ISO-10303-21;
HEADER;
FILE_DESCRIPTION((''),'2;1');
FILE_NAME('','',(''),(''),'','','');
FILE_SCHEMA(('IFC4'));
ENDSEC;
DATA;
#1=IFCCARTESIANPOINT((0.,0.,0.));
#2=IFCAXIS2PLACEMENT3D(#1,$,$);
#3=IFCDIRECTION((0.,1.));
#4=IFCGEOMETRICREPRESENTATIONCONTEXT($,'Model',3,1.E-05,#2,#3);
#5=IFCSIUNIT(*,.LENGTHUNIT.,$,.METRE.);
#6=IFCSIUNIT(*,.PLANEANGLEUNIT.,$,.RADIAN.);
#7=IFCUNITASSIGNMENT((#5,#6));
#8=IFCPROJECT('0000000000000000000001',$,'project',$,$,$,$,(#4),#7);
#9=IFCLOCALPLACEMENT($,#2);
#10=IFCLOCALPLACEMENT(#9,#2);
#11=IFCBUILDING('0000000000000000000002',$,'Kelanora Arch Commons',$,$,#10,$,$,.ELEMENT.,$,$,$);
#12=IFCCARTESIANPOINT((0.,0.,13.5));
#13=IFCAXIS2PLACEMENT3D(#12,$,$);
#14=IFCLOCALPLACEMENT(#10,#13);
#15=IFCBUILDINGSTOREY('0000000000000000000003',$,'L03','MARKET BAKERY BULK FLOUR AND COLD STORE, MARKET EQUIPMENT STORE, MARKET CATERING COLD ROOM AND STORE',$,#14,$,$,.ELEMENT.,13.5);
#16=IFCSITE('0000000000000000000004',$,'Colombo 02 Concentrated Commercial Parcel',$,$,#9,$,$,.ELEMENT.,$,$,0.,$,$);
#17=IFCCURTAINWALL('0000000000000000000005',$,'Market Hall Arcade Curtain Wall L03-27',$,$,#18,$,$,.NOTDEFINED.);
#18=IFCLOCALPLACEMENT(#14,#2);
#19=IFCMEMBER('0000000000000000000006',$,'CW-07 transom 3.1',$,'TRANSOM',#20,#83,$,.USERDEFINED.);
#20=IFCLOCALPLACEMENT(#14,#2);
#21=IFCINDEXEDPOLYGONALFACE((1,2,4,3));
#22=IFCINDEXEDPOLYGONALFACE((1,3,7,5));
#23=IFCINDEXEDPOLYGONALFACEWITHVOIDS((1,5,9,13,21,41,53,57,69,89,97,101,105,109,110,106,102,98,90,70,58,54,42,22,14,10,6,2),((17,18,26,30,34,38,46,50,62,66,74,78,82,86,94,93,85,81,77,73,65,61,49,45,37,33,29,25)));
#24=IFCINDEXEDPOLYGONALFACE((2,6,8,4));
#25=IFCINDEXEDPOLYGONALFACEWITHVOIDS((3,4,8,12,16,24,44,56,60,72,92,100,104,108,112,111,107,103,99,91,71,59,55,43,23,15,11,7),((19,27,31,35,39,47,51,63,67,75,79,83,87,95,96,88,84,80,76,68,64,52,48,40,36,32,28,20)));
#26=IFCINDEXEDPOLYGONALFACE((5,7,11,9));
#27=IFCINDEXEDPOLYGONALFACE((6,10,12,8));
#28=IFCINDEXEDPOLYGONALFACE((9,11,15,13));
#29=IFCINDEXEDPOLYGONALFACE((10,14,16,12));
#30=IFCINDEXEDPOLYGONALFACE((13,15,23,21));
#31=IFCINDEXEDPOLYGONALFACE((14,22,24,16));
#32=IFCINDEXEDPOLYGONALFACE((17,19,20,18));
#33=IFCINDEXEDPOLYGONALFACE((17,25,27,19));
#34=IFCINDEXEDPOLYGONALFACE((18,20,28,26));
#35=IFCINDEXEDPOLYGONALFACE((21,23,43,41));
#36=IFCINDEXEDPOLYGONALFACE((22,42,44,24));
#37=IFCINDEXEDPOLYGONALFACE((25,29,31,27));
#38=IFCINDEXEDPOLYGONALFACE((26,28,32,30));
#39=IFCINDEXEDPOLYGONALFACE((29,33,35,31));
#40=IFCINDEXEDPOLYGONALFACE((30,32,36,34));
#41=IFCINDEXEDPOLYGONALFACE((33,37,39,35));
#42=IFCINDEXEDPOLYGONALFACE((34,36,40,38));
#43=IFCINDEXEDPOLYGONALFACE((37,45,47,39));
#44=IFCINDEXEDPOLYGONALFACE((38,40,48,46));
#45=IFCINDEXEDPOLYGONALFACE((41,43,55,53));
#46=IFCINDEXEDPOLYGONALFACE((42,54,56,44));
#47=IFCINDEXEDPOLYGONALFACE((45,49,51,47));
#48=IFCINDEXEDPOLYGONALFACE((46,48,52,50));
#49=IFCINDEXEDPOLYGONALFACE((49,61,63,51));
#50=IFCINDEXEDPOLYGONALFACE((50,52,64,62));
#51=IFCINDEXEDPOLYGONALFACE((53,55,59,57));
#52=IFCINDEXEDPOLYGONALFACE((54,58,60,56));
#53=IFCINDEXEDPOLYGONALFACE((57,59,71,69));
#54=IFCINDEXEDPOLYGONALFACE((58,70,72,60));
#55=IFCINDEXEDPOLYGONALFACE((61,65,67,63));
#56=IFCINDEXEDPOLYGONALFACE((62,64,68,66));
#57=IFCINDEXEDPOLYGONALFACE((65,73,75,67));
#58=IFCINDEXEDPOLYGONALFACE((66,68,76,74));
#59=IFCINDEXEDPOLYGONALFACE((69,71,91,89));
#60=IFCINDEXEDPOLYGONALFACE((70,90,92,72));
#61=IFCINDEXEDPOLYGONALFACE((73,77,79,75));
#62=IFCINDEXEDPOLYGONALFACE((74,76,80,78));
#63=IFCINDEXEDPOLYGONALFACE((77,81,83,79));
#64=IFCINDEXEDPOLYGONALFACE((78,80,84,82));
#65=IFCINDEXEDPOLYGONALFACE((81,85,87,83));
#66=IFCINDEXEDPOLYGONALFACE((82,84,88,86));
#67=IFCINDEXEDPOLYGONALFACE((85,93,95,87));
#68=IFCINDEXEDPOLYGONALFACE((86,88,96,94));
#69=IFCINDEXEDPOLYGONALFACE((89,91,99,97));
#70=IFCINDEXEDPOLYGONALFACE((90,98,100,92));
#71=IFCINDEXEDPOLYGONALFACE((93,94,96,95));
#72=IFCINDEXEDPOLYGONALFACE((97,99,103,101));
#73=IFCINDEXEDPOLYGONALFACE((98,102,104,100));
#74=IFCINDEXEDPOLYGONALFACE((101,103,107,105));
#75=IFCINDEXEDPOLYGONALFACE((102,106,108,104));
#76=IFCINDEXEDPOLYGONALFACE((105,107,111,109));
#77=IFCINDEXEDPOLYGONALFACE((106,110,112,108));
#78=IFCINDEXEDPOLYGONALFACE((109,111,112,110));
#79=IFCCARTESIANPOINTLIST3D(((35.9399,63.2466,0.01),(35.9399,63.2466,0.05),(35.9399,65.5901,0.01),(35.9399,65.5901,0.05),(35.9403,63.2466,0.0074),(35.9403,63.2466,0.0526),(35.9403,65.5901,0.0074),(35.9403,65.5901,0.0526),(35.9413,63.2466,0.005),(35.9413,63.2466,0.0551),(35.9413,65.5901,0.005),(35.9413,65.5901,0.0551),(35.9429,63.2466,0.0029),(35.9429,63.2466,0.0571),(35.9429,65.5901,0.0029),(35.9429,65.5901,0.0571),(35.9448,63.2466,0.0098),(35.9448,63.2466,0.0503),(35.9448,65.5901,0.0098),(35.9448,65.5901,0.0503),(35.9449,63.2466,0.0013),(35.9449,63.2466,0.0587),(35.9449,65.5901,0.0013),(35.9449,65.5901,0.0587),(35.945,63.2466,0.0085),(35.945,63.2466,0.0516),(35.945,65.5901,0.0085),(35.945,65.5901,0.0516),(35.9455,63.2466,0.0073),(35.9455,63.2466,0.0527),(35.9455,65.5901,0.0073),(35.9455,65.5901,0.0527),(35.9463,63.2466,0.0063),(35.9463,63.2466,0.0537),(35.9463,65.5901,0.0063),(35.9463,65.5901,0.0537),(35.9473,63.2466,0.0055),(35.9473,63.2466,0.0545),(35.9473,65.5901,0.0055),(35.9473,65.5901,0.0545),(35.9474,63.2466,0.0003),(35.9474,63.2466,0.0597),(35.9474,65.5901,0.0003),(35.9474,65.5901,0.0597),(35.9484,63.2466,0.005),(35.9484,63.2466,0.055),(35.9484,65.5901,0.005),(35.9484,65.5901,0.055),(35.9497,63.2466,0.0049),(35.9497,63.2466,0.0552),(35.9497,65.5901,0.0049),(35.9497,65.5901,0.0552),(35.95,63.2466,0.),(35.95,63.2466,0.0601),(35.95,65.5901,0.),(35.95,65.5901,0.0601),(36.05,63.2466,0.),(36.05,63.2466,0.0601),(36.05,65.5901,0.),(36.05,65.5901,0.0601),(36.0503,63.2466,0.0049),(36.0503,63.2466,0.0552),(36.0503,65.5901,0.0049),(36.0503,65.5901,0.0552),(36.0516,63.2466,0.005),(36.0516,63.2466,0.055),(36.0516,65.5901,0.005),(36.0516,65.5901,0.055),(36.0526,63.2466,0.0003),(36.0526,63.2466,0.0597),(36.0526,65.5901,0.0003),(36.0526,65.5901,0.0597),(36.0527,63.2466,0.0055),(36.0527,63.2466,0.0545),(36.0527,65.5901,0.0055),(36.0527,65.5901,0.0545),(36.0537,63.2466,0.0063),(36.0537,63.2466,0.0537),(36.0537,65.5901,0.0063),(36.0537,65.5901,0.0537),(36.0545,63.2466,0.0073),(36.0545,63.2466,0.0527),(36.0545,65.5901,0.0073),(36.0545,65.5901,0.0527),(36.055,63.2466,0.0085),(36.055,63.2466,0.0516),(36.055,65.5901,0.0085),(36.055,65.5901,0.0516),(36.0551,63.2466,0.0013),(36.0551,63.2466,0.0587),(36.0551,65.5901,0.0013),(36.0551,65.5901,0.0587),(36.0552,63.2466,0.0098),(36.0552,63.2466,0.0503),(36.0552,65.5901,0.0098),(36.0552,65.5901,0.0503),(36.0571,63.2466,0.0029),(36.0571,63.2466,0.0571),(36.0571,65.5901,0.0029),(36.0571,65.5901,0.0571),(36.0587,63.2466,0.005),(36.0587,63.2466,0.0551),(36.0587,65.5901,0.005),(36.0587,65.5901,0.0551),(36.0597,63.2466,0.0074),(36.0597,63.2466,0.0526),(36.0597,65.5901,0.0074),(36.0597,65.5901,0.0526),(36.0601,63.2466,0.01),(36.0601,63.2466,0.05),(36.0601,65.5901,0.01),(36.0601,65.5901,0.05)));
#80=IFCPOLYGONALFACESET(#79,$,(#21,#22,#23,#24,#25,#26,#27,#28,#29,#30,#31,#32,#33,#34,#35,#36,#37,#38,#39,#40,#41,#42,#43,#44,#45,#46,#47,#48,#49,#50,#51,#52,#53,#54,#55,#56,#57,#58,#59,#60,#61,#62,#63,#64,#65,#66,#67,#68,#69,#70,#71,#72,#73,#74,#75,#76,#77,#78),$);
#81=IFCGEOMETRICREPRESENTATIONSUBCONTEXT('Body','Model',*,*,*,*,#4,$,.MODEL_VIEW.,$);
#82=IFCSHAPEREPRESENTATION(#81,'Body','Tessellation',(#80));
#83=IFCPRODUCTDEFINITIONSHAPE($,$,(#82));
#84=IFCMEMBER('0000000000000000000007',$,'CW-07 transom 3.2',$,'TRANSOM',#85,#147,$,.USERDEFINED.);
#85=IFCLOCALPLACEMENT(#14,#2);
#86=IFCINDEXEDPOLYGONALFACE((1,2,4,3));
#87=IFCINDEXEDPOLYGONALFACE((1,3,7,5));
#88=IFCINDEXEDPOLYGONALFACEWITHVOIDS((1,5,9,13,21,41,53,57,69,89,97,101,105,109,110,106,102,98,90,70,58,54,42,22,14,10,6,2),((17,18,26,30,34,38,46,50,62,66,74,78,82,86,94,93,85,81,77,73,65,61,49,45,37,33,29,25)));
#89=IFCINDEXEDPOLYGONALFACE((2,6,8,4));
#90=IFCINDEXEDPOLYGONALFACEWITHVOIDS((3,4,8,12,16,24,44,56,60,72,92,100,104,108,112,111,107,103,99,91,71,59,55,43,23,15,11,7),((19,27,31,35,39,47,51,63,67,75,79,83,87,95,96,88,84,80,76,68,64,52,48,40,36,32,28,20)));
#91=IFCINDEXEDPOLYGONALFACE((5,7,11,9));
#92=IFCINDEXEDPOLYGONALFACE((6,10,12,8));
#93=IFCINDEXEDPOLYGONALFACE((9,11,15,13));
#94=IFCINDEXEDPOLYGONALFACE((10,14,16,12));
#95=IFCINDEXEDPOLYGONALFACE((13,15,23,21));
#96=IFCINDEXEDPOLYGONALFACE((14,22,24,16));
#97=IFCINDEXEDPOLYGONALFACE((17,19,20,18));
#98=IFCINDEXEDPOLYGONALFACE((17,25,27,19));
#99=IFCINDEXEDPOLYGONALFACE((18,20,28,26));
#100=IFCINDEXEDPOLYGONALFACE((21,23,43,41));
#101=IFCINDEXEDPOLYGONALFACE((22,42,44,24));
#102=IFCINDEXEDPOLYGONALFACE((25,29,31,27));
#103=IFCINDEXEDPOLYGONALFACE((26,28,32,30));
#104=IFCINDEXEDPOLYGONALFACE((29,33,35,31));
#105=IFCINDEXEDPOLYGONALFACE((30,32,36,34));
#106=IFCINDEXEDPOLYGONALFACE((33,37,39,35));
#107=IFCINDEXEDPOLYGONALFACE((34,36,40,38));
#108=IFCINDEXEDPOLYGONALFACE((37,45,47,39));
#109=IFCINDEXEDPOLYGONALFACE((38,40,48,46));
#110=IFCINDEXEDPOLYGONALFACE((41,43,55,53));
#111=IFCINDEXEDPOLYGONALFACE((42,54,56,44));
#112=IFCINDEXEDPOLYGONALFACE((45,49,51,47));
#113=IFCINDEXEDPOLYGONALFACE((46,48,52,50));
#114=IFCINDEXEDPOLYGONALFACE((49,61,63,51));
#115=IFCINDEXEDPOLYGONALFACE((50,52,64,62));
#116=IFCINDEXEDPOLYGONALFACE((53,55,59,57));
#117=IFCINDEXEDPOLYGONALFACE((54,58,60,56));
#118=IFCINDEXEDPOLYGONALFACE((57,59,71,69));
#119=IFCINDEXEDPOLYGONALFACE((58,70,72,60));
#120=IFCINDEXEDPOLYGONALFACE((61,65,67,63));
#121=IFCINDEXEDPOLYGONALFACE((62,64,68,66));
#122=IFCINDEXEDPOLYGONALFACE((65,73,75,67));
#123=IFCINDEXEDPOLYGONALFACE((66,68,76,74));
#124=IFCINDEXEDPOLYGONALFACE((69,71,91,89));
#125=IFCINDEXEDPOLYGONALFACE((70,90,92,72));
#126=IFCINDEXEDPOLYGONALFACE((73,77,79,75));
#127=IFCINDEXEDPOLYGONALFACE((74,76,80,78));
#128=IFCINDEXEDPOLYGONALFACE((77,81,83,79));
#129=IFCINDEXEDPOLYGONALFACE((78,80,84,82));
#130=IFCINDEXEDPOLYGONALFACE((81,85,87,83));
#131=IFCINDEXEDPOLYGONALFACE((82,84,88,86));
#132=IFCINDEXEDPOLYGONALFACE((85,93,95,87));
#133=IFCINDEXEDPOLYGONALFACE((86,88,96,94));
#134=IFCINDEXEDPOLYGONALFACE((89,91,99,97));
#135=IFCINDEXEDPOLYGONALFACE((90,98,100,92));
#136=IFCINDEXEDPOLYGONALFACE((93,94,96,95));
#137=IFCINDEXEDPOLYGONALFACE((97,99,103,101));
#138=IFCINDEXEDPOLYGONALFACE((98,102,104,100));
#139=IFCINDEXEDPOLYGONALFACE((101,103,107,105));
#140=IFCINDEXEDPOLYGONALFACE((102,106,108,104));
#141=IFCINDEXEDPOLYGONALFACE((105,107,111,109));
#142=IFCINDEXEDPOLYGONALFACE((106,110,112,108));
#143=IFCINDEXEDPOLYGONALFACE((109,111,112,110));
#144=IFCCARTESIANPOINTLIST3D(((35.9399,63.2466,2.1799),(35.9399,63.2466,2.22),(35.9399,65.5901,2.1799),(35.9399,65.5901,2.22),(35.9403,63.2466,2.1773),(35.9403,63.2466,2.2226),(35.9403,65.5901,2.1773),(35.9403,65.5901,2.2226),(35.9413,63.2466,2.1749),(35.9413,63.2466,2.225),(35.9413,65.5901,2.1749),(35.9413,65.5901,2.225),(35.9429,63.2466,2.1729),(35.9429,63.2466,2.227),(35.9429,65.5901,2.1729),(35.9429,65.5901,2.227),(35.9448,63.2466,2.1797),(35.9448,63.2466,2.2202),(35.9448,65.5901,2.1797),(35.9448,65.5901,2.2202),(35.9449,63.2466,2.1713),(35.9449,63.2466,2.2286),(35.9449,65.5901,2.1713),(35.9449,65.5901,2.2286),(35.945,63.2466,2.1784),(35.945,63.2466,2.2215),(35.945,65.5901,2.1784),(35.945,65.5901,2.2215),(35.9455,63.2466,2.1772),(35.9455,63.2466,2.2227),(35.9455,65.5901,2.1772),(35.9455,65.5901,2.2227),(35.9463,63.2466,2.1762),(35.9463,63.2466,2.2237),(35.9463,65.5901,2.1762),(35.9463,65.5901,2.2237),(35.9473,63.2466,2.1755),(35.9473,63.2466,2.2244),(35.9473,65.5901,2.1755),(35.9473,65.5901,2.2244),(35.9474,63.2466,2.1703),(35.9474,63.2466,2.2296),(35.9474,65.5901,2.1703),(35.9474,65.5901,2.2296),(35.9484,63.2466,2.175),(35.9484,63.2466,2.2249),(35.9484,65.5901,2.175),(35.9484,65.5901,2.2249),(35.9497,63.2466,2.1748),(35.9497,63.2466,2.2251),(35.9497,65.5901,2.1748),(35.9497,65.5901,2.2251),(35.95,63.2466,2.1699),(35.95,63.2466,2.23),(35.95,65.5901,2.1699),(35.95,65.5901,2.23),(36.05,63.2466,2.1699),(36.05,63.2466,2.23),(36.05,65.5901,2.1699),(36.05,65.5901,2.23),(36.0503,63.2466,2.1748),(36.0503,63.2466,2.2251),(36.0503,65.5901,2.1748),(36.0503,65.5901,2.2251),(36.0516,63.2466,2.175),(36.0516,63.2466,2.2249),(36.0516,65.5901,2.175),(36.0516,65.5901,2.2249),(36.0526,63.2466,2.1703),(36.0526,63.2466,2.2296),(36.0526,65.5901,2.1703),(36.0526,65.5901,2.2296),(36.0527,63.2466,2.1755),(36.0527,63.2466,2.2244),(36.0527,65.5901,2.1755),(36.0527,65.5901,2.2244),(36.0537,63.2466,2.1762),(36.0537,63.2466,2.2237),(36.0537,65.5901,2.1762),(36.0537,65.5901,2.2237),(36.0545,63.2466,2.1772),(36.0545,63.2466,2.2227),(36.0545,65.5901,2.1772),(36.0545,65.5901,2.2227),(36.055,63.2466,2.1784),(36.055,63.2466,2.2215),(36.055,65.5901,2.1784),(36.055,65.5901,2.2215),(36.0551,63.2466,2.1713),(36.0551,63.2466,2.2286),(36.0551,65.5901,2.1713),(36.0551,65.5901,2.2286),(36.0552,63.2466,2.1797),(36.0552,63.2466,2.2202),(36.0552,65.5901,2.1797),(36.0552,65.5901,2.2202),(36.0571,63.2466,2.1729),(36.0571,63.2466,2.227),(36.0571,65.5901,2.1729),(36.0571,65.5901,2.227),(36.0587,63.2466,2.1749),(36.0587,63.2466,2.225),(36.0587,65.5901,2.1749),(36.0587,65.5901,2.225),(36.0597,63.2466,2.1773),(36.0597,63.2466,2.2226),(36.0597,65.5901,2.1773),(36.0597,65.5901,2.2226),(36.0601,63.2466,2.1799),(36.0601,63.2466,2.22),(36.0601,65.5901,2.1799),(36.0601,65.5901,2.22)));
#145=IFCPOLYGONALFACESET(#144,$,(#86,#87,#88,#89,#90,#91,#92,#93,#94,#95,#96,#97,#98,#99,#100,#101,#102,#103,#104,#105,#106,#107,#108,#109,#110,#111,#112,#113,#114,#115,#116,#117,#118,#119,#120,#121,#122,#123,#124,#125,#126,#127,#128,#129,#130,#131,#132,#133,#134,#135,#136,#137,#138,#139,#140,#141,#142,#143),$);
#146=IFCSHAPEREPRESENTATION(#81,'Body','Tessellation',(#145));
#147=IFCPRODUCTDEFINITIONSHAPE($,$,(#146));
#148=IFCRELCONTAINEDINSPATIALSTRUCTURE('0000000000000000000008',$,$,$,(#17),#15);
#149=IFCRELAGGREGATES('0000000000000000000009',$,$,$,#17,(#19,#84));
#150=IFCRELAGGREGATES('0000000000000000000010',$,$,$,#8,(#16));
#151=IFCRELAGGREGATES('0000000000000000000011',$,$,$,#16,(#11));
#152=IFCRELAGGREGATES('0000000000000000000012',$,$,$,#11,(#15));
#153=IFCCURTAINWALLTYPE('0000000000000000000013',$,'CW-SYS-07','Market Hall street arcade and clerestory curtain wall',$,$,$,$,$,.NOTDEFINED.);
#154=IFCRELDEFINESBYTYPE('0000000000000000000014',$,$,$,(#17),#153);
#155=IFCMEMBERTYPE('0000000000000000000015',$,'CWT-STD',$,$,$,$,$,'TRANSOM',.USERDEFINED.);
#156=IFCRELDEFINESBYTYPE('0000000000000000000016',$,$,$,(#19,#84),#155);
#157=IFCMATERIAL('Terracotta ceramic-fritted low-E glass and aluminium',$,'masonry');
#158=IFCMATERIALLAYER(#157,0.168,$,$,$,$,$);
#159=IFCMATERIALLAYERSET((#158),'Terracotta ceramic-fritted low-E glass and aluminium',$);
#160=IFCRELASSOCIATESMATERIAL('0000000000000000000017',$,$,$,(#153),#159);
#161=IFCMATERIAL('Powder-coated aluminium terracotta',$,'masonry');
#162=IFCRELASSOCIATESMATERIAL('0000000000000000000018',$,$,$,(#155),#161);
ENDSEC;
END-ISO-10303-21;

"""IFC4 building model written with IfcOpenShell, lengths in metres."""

from ifc_helpers import new_model, si_unit, direction, frame, origin, origin_2d, place, context, subcontext, project, spatial, hollow_rectangle, extrude, material, layer, layer_set, material_profile, profile_set, type_object, element, aggregate, save


model = new_model("IFC4")

# Units and contexts
model_context = context("Model", 3, precision=1e-05, world=origin(), true_north=direction((0.0, 1.0)))
body_context = subcontext(model_context, "Body", "Model", "MODEL_VIEW")
ifc_project = project(units=[si_unit("LENGTHUNIT", "METRE"), si_unit("PLANEANGLEUNIT", "RADIAN")], contexts=[model_context])

# Site, building, storey
site_placement = place(None, origin())
site = spatial("IfcSite", under=ifc_project, at=site_placement, Name="Colombo 02 Concentrated Commercial Parcel", CompositionType="ELEMENT", RefElevation=0.0)
building_placement = place(site_placement, origin())
building = spatial("IfcBuilding", under=site, at=building_placement, Name="Kelanora Arch Commons", CompositionType="ELEMENT")
storey_placement = place(building_placement, frame((0.0, 0.0, 13.5)))
storey = spatial("IfcBuildingStorey", under=building, at=storey_placement, Name="L03", Description="MARKET BAKERY BULK FLOUR AND COLD STORE, MARKET EQUIPMENT STORE, MARKET CATERING COLD ROOM AND STORE", CompositionType="ELEMENT", Elevation=13.5)

# Curtain wall, members
ifc_material_1 = material(Name="Terracotta ceramic-fritted low-E glass and aluminium", Category="masonry")
ifc_layer_1 = layer(ifc_material_1, 0.168)
ifc_layer_set_1 = layer_set([ifc_layer_1], Name="Terracotta ceramic-fritted low-E glass and aluminium")
curtain_wall_type = type_object("IfcCurtainWallType", Name="CW-SYS-07", Description="Market Hall street arcade and clerestory curtain wall", PredefinedType="NOTDEFINED", material=ifc_layer_set_1)
curtain_wall_placement = place(storey_placement, origin())
curtain_wall = element("IfcCurtainWall", 1, at=curtain_wall_placement, inside=storey, type_object=curtain_wall_type, Name="Market Hall Arcade Curtain Wall L03-27", PredefinedType="NOTDEFINED")
ifc_material_2 = material(Name="Powder-coated aluminium terracotta", Category="masonry")
ifc_material_profile_1 = material_profile(ifc_material_2, hollow_rectangle(XDim=0.1201, YDim=0.0601, WallThickness=0.0049, InnerFilletRadius=0.0049, OuterFilletRadius=0.01, at=origin_2d()), Name="CWT120x60")
ifc_profile_set_1 = profile_set([ifc_material_profile_1], Name="Powder-coated aluminium terracotta")
member_type_1 = type_object("IfcMemberType", Name="CWT-STD", ElementType="TRANSOM", PredefinedType="USERDEFINED", material=ifc_profile_set_1)
member_1_placement = place(storey_placement, frame((36.0, 63.2466, 0.03), z_axis=(0.0, 1.0, 0.0), x_axis=(-1.0, 0.0, 0.0)))
member_1 = element("IfcMember", 2, at=member_1_placement, type_object=member_type_1, Name="CW-07 transom 3.1", ObjectType="TRANSOM", PredefinedType="USERDEFINED", context=body_context, shape_type="SweptSolid", body=[
    extrude(hollow_rectangle(XDim=0.1201, YDim=0.0601, WallThickness=0.0049, InnerFilletRadius=0.0049, OuterFilletRadius=0.01, at=origin_2d()), origin(), (0.0, 0.0, 1.0), 2.3435),
])
member_2_placement = place(storey_placement, frame((36.0, 63.2466, 2.2), z_axis=(0.0, 1.0, 0.0), x_axis=(-1.0, 0.0, 0.0)))
member_2 = element("IfcMember", 3, at=member_2_placement, type_object=member_type_1, Name="CW-07 transom 3.2", ObjectType="TRANSOM", PredefinedType="USERDEFINED", context=body_context, shape_type="SweptSolid", body=[
    extrude(hollow_rectangle(XDim=0.1201, YDim=0.0601, WallThickness=0.0049, InnerFilletRadius=0.0049, OuterFilletRadius=0.01, at=origin_2d()), origin(), (0.0, 0.0, 1.0), 2.3435),
])
aggregate(curtain_wall, [member_1, member_2])

save(model, "model.ifc")
